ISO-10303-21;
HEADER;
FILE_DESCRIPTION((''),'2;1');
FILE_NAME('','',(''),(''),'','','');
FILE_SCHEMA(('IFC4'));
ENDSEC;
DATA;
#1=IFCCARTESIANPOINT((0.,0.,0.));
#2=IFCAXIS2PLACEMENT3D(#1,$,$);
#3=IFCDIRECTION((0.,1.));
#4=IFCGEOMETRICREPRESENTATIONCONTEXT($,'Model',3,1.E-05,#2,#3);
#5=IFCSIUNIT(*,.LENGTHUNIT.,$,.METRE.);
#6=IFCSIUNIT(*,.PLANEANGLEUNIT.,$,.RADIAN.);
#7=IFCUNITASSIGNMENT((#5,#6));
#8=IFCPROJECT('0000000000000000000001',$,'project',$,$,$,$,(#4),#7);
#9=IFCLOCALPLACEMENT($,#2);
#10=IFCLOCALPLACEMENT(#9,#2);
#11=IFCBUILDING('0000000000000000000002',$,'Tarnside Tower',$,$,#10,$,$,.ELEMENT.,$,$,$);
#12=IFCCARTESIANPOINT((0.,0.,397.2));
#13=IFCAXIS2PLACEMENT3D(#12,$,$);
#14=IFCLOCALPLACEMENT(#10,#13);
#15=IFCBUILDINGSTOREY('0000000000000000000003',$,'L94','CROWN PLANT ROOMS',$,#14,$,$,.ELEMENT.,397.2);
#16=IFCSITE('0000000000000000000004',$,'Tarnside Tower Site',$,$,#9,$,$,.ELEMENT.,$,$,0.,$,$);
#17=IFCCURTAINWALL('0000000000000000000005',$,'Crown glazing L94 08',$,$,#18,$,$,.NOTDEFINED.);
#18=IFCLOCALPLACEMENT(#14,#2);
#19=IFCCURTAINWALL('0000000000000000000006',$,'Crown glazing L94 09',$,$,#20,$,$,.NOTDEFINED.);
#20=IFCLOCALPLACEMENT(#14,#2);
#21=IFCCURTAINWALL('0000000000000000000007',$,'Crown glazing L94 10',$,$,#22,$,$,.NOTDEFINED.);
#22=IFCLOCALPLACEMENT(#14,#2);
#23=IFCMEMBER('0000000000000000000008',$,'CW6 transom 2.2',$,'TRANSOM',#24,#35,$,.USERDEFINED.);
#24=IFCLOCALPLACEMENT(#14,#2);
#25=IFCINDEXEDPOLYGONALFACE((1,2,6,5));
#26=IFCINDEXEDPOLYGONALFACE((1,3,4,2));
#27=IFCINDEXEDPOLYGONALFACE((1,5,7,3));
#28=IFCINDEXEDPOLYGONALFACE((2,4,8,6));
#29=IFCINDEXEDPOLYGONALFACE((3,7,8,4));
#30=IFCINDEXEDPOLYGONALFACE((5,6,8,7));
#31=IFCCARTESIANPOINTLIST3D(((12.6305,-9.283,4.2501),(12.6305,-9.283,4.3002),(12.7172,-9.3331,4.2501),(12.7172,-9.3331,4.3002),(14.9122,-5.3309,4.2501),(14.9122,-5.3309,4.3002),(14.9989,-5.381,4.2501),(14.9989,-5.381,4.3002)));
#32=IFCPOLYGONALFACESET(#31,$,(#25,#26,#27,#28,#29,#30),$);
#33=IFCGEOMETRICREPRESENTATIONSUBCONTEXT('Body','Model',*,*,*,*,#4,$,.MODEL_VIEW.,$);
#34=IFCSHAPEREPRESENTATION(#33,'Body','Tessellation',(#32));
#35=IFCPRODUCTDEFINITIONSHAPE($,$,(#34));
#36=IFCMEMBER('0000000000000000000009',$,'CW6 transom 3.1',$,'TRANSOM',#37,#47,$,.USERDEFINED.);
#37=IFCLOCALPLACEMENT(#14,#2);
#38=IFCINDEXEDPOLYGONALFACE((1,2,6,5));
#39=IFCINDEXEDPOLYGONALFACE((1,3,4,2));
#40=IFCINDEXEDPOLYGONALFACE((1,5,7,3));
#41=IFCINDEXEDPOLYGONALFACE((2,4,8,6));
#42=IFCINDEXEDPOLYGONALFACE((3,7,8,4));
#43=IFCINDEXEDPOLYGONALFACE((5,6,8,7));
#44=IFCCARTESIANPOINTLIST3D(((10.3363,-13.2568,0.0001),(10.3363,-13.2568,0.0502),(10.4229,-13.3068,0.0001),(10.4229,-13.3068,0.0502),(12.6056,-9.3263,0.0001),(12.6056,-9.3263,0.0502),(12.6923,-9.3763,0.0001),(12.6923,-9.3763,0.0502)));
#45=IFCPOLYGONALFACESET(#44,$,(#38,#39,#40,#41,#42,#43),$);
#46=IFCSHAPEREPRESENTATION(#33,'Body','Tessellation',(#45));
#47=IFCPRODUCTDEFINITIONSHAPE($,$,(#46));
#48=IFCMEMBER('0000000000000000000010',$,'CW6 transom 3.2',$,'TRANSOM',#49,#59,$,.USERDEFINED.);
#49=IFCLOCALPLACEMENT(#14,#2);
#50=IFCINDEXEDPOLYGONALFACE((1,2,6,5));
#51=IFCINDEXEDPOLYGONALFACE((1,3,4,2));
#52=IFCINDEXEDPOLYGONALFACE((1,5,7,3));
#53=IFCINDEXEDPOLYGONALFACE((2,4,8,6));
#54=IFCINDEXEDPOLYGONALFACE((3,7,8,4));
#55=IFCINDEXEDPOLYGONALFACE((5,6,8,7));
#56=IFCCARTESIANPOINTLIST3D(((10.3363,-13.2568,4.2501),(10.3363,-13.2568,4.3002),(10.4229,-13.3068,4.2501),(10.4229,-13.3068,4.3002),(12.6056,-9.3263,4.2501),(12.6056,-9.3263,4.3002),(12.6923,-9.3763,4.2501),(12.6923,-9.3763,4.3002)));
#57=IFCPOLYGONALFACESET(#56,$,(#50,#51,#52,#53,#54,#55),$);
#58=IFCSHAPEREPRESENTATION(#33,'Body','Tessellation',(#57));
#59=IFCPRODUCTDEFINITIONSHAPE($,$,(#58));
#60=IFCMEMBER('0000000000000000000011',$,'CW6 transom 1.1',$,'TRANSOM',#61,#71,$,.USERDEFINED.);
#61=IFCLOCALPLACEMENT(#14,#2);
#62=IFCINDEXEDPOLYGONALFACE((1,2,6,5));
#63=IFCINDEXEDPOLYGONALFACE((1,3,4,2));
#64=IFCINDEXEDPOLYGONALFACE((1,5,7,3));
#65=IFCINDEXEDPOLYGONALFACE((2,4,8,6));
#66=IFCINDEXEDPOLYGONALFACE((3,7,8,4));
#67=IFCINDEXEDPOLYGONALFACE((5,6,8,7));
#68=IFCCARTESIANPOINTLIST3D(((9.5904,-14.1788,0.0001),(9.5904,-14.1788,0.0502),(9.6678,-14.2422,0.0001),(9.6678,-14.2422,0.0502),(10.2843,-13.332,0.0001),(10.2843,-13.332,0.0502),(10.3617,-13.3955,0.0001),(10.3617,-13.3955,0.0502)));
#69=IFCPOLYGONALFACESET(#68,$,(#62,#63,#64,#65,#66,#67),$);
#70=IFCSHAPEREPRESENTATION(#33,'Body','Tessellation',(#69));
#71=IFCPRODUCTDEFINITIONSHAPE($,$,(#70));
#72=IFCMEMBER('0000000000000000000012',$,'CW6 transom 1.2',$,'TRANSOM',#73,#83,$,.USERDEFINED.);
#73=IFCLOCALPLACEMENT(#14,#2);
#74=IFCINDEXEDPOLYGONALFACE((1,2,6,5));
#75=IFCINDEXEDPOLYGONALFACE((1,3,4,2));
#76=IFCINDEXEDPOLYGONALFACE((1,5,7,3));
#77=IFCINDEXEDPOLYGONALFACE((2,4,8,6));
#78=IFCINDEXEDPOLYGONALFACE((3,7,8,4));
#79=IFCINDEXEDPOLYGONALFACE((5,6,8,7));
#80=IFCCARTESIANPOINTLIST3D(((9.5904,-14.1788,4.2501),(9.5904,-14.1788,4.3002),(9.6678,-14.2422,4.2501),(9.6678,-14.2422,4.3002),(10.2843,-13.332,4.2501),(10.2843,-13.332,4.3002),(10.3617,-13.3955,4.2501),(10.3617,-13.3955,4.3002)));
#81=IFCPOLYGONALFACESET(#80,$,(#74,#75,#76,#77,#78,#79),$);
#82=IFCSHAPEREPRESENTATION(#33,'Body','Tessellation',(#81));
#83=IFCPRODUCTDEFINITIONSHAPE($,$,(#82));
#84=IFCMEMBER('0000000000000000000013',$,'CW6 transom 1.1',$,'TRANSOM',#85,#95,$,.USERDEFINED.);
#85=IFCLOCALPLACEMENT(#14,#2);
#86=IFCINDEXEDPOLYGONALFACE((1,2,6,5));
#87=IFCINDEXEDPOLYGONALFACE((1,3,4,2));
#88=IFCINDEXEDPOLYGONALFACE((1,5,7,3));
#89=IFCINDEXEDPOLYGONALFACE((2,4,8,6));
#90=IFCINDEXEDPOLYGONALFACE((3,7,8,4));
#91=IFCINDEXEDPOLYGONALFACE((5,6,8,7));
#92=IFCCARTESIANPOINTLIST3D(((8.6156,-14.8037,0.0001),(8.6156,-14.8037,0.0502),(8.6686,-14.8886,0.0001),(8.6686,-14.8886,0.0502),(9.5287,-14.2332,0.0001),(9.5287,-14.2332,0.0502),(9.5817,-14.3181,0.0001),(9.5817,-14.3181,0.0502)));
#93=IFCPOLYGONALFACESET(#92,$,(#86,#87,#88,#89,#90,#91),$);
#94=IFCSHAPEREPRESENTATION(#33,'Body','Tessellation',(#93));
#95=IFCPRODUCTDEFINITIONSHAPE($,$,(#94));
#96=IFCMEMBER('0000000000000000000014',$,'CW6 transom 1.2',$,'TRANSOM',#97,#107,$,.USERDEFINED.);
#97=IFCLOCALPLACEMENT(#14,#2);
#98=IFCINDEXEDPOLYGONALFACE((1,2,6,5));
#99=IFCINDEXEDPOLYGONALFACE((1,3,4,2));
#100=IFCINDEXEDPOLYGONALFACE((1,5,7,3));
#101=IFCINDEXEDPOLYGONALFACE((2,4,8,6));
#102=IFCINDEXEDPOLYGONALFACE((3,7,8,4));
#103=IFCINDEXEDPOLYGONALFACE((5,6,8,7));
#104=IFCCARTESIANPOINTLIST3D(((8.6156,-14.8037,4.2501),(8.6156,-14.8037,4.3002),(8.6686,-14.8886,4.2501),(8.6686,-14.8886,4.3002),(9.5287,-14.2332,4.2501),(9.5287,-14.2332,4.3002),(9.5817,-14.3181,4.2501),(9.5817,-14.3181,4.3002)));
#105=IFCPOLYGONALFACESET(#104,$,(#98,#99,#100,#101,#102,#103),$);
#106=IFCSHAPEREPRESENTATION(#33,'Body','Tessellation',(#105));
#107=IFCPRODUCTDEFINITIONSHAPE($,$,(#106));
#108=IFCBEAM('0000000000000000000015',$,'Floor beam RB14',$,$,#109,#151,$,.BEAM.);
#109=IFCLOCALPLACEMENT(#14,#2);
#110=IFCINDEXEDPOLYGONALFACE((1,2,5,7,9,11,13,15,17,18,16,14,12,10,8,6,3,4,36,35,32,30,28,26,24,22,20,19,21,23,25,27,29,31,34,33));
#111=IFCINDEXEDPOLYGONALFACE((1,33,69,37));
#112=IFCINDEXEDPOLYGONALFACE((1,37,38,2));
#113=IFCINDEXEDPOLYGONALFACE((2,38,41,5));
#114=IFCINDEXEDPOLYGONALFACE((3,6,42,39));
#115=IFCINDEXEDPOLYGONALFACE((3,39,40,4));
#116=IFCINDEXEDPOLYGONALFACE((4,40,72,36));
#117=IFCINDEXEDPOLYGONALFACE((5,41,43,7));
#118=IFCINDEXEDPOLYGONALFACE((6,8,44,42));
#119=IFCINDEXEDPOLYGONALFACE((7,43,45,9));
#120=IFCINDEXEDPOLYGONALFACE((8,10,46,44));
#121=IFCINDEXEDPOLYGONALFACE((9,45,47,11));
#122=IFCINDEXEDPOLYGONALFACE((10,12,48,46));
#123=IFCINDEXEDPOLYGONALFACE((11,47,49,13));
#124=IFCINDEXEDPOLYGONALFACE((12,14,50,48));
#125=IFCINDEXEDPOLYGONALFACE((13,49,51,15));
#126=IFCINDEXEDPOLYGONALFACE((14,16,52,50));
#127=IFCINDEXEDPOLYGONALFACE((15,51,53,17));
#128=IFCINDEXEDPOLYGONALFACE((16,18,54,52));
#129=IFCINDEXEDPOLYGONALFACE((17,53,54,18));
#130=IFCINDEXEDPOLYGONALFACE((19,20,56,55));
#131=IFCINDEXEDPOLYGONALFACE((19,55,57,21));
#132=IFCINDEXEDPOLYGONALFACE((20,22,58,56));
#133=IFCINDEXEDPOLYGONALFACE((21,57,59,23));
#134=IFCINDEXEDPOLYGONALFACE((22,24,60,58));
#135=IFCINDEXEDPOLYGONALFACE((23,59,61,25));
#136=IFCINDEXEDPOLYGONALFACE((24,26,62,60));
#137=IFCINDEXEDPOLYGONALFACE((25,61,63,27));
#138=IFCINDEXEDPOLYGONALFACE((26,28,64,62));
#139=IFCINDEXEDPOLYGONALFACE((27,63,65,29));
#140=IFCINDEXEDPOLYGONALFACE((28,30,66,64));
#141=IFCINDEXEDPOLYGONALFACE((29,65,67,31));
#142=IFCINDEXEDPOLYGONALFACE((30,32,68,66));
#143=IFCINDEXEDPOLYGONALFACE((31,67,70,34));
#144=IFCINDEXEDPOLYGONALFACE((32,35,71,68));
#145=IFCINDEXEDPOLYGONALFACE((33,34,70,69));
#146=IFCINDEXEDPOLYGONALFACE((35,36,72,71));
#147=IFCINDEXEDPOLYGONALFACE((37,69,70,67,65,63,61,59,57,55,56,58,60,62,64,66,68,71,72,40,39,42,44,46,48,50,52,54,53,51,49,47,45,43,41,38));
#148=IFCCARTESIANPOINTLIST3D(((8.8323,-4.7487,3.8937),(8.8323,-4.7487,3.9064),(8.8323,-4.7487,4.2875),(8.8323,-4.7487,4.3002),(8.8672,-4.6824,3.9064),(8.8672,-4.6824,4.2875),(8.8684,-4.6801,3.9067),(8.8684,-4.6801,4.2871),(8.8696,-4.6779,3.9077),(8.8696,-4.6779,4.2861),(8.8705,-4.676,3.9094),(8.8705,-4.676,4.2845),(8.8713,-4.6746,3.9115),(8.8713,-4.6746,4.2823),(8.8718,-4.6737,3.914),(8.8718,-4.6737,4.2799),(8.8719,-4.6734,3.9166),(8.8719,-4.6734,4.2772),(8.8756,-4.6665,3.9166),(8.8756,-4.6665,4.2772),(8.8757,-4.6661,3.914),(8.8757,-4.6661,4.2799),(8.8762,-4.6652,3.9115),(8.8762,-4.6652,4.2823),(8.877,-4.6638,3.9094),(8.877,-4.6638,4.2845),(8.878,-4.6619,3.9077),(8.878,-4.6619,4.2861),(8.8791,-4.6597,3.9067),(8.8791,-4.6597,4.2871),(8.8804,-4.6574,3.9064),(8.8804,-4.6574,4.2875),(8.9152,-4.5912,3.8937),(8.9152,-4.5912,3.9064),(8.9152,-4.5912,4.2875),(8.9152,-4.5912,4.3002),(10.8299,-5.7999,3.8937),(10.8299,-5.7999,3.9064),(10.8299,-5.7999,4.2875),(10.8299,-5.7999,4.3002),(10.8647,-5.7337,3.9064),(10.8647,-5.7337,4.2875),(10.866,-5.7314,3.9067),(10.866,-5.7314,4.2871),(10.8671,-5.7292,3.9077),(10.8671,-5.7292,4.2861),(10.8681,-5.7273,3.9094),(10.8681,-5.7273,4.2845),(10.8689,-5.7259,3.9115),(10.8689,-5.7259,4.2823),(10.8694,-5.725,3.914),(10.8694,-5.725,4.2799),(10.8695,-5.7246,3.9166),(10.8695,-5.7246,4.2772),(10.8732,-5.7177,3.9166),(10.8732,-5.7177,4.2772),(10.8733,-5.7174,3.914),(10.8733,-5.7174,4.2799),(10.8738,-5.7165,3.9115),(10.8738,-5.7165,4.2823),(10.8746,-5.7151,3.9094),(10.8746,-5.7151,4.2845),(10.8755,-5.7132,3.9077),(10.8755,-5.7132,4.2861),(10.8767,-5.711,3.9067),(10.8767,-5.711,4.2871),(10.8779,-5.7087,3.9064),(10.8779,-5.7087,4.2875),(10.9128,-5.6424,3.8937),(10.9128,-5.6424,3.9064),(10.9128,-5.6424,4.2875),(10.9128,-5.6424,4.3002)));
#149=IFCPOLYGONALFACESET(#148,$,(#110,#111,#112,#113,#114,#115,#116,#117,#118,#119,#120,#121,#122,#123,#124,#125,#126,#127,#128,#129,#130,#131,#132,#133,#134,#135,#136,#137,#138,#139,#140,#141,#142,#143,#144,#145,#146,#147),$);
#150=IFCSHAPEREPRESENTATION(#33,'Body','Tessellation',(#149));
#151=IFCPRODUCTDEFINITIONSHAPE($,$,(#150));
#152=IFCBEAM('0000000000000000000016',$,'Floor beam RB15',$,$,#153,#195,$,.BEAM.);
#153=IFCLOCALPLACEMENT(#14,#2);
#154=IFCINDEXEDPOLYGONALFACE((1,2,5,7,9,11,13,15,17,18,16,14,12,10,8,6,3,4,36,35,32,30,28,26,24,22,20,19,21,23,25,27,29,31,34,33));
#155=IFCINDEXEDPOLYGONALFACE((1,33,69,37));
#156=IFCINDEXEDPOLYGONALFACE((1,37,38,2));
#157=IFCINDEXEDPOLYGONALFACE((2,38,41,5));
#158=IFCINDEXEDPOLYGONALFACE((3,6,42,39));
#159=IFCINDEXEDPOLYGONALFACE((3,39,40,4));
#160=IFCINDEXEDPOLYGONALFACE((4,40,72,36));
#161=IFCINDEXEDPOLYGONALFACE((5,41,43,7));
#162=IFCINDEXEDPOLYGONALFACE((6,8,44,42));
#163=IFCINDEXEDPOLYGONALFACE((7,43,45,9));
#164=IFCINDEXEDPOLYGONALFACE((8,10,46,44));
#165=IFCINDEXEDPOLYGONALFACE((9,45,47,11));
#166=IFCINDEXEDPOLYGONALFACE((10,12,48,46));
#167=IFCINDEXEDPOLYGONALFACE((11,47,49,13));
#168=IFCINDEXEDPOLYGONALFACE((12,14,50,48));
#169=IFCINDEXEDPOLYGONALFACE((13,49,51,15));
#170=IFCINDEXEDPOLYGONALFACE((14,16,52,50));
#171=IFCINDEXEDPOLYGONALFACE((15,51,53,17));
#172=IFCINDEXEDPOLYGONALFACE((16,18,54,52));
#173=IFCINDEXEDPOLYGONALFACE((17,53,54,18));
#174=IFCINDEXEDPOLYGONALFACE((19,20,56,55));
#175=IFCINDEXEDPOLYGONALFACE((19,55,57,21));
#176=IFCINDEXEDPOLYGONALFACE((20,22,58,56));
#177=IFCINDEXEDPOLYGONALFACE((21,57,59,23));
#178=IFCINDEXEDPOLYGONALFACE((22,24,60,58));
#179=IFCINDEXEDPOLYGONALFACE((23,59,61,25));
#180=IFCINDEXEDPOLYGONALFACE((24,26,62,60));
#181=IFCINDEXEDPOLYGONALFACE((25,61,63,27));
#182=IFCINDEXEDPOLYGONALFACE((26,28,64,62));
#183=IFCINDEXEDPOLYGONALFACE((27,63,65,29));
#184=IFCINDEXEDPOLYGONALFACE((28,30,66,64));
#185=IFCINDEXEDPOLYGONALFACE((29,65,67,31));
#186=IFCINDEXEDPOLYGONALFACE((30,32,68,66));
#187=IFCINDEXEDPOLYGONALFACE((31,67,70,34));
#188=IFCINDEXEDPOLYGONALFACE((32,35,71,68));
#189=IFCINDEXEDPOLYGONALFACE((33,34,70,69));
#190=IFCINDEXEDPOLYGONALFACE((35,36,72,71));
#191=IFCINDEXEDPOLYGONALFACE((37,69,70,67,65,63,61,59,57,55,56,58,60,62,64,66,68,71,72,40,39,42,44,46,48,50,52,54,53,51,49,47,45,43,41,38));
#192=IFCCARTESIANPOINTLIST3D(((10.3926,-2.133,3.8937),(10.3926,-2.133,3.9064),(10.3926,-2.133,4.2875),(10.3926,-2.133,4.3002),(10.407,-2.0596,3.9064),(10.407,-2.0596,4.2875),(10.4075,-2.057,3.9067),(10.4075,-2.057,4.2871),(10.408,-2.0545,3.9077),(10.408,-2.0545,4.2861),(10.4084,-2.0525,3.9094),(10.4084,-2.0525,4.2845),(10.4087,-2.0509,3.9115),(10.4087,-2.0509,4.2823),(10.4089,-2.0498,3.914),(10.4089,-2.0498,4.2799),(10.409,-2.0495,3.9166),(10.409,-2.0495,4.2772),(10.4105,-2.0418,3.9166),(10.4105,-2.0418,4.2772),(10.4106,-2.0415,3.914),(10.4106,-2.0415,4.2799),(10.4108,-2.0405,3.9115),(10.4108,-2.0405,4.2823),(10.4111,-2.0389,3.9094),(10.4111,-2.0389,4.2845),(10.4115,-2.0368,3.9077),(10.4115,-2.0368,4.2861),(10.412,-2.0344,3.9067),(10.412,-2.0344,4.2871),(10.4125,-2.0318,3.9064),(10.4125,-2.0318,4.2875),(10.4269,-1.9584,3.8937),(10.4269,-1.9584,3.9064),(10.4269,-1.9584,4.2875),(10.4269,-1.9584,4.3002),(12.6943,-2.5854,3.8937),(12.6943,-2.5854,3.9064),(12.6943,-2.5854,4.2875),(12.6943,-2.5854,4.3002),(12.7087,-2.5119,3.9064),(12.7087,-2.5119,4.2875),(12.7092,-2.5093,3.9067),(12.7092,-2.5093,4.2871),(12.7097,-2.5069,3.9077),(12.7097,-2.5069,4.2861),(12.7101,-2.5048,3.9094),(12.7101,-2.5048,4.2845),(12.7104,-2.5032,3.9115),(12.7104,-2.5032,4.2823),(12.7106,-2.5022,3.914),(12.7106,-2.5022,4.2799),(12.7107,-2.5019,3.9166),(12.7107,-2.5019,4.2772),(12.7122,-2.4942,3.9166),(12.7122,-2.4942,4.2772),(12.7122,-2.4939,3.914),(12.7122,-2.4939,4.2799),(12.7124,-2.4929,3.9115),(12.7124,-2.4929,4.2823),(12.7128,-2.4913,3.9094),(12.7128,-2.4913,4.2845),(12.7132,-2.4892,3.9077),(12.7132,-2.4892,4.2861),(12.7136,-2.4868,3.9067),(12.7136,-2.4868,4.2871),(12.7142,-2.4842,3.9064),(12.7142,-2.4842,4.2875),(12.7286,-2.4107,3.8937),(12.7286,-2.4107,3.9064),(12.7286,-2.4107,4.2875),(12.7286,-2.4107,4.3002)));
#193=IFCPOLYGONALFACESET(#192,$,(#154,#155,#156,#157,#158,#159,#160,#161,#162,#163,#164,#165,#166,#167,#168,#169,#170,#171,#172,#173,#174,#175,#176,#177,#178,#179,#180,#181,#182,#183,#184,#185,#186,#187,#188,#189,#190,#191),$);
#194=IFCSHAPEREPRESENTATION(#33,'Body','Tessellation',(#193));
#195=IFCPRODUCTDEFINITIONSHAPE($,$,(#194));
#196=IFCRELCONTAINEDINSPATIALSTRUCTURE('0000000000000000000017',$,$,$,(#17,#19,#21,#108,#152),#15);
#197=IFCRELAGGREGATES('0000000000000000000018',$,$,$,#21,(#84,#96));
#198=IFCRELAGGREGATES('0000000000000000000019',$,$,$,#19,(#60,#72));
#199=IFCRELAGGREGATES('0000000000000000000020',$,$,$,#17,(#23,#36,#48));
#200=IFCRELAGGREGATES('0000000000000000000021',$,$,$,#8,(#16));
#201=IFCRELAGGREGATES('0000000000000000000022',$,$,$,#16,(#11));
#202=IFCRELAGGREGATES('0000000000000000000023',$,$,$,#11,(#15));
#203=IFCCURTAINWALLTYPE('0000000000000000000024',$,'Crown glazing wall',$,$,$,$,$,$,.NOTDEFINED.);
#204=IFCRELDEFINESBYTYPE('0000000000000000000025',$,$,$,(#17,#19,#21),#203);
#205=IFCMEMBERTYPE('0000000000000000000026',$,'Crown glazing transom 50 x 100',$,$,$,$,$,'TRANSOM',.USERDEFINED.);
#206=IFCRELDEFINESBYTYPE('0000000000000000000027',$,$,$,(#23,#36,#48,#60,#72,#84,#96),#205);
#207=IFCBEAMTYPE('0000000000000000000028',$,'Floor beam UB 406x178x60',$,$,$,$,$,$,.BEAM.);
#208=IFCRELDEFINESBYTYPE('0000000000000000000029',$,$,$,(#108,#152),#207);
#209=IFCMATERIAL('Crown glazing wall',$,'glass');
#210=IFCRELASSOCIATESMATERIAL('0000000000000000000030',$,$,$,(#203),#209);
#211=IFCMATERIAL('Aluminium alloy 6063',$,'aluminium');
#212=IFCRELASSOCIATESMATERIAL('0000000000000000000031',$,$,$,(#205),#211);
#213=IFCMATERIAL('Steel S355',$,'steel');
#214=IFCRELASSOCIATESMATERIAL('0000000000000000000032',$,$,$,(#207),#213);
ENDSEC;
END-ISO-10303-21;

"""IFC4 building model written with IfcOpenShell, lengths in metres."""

from ifc_helpers import new_model, si_unit, direction, frame, origin, origin_2d, place, context, subcontext, project, spatial, rectangle, i_section, extrude, material, material_profile, profile_set, type_object, element, aggregate, save


model = new_model("IFC4")

# Units and contexts
model_context = context("Model", 3, precision=1e-05, world=origin(), true_north=direction((0.0, 1.0)))
body_context = subcontext(model_context, "Body", "Model", "MODEL_VIEW")
ifc_project = project(units=[si_unit("LENGTHUNIT", "METRE"), si_unit("PLANEANGLEUNIT", "RADIAN")], contexts=[model_context])

# Site, building, storey
site_placement = place(None, origin())
site = spatial("IfcSite", under=ifc_project, at=site_placement, Name="Tarnside Tower Site", CompositionType="ELEMENT", RefElevation=0.0)
building_placement = place(site_placement, origin())
building = spatial("IfcBuilding", under=site, at=building_placement, Name="Tarnside Tower", CompositionType="ELEMENT")
storey_placement = place(building_placement, frame((0.0, 0.0, 397.2)))
storey = spatial("IfcBuildingStorey", under=building, at=storey_placement, Name="L94", Description="CROWN PLANT ROOMS", CompositionType="ELEMENT", Elevation=397.2)

# Shared definitions
ifc_material_1 = material(Name="Crown glazing wall", Category="glass")
curtain_wall_type = type_object("IfcCurtainWallType", Name="Crown glazing wall", PredefinedType="NOTDEFINED", material=ifc_material_1)
ifc_material_2 = material(Name="Aluminium alloy 6063", Category="aluminium")

# Curtain walls
curtain_wall_1_placement = place(storey_placement, origin())
curtain_wall_1 = element("IfcCurtainWall", 1, at=curtain_wall_1_placement, inside=storey, type_object=curtain_wall_type, Name="Crown glazing L94 08", PredefinedType="NOTDEFINED")
curtain_wall_2_placement = place(storey_placement, origin())
curtain_wall_2 = element("IfcCurtainWall", 2, at=curtain_wall_2_placement, inside=storey, type_object=curtain_wall_type, Name="Crown glazing L94 09", PredefinedType="NOTDEFINED")

# Curtain wall
curtain_wall_3_placement = place(storey_placement, origin())
curtain_wall_3 = element("IfcCurtainWall", 3, at=curtain_wall_3_placement, inside=storey, type_object=curtain_wall_type, Name="Crown glazing L94 10", PredefinedType="NOTDEFINED")

# Members
ifc_material_profile_1 = material_profile(ifc_material_2, rectangle(XDim=0.1001, YDim=0.05, at=origin_2d()), Name="Crown glazing transom 50 x 100")
ifc_profile_set_1 = profile_set([ifc_material_profile_1], Name="Aluminium alloy 6063")
member_type_1 = type_object("IfcMemberType", Name="Crown glazing transom 50 x 100", ElementType="TRANSOM", PredefinedType="USERDEFINED", material=ifc_profile_set_1)
member_1_placement = place(storey_placement, frame((14.9556, -5.356, 4.2751), z_axis=(-0.499994, -0.866029, 0.0), x_axis=(0.866029, -0.499994, 0.0)))
member_1 = element("IfcMember", 4, at=member_1_placement, type_object=member_type_1, Name="CW6 transom 2.2", ObjectType="TRANSOM", PredefinedType="USERDEFINED", context=body_context, shape_type="SweptSolid", body=[
    extrude(rectangle(XDim=0.1001, YDim=0.05, at=origin_2d()), origin(), (0.0, 0.0, 1.0), 4.5635),
])
member_2_placement = place(storey_placement, frame((12.6489, -9.3513, 0.0251), z_axis=(-0.50001, -0.86602, 0.0), x_axis=(0.86602, -0.50001, 0.0)))
member_2 = element("IfcMember", 5, at=member_2_placement, type_object=member_type_1, Name="CW6 transom 3.1", ObjectType="TRANSOM", PredefinedType="USERDEFINED", context=body_context, shape_type="SweptSolid", body=[
    extrude(rectangle(XDim=0.1001, YDim=0.05, at=origin_2d()), origin(), (0.0, 0.0, 1.0), 4.5386),
])
member_3_placement = place(storey_placement, frame((12.6489, -9.3513, 4.2751), z_axis=(-0.50001, -0.86602, 0.0), x_axis=(0.86602, -0.50001, 0.0)))
member_3 = element("IfcMember", 6, at=member_3_placement, type_object=member_type_1, Name="CW6 transom 3.2", ObjectType="TRANSOM", PredefinedType="USERDEFINED", context=body_context, shape_type="SweptSolid", body=[
    extrude(rectangle(XDim=0.1001, YDim=0.05, at=origin_2d()), origin(), (0.0, 0.0, 1.0), 4.5386),
])
member_4_placement = place(storey_placement, frame((10.323, -13.3638, 0.0251), z_axis=(-0.633845, -0.77346, 0.0), x_axis=(0.77346, -0.633845, 0.0)))
member_4 = element("IfcMember", 7, at=member_4_placement, type_object=member_type_1, Name="CW6 transom 1.1", ObjectType="TRANSOM", PredefinedType="USERDEFINED", context=body_context, shape_type="SweptSolid", body=[
    extrude(rectangle(XDim=0.1001, YDim=0.05, at=origin_2d()), origin(), (0.0, 0.0, 1.0), 1.0947),
])
member_5_placement = place(storey_placement, frame((10.323, -13.3638, 4.2751), z_axis=(-0.633845, -0.77346, 0.0), x_axis=(0.77346, -0.633845, 0.0)))
member_5 = element("IfcMember", 8, at=member_5_placement, type_object=member_type_1, Name="CW6 transom 1.2", ObjectType="TRANSOM", PredefinedType="USERDEFINED", context=body_context, shape_type="SweptSolid", body=[
    extrude(rectangle(XDim=0.1001, YDim=0.05, at=origin_2d()), origin(), (0.0, 0.0, 1.0), 1.0947),
])
member_6_placement = place(storey_placement, frame((9.5552, -14.2756, 0.0251), z_axis=(-0.848049, -0.529917, 0.0), x_axis=(0.529917, -0.848049, 0.0)))
member_6 = element("IfcMember", 9, at=member_6_placement, type_object=member_type_1, Name="CW6 transom 1.1", ObjectType="TRANSOM", PredefinedType="USERDEFINED", context=body_context, shape_type="SweptSolid", body=[
    extrude(rectangle(XDim=0.1001, YDim=0.05, at=origin_2d()), origin(), (0.0, 0.0, 1.0), 1.0767),
])
member_7_placement = place(storey_placement, frame((9.5552, -14.2756, 4.2751), z_axis=(-0.848049, -0.529917, 0.0), x_axis=(0.529917, -0.848049, 0.0)))
member_7 = element("IfcMember", 10, at=member_7_placement, type_object=member_type_1, Name="CW6 transom 1.2", ObjectType="TRANSOM", PredefinedType="USERDEFINED", context=body_context, shape_type="SweptSolid", body=[
    extrude(rectangle(XDim=0.1001, YDim=0.05, at=origin_2d()), origin(), (0.0, 0.0, 1.0), 1.0767),
])
aggregate(curtain_wall_3, [member_6, member_7])

# Beams
ifc_material_3 = material(Name="Steel S355", Category="steel")
ifc_material_profile_2 = material_profile(ifc_material_3, i_section(OverallWidth=0.178, OverallDepth=0.4065, WebThickness=0.0078, FlangeThickness=0.0127, FilletRadius=0.0103, at=origin_2d()), Name="UB 406x178x60")
ifc_profile_set_2 = profile_set([ifc_material_profile_2], Name="Steel S355")
beam_type_1 = type_object("IfcBeamType", Name="Floor beam UB 406x178x60", PredefinedType="BEAM", material=ifc_profile_set_2)
beam_1_placement = place(storey_placement, frame((10.8713, -5.7212, 4.0969), z_axis=(-0.884932, 0.46572, 0.0), x_axis=(-0.46572, -0.884932, 0.0)))
element("IfcBeam", 11, at=beam_1_placement, inside=storey, type_object=beam_type_1, Name="Floor beam RB14", PredefinedType="BEAM", context=body_context, shape_type="SweptSolid", body=[
    extrude(i_section(OverallWidth=0.178, OverallDepth=0.4065, WebThickness=0.0078, FlangeThickness=0.0127, FilletRadius=0.0103, at=origin_2d()), origin(), (0.0, 0.0, 1.0), 2.2573),
])
beam_2_placement = place(storey_placement, frame((12.7114, -2.498, 4.0969), z_axis=(-0.981228, 0.192853, 0.0), x_axis=(-0.192853, -0.981228, 0.0)))
element("IfcBeam", 12, at=beam_2_placement, inside=storey, type_object=beam_type_1, Name="Floor beam RB15", PredefinedType="BEAM", context=body_context, shape_type="SweptSolid", body=[
    extrude(i_section(OverallWidth=0.178, OverallDepth=0.4065, WebThickness=0.0078, FlangeThickness=0.0127, FilletRadius=0.0103, at=origin_2d()), origin(), (0.0, 0.0, 1.0), 2.3457),
])

aggregate(curtain_wall_2, [member_4, member_5])
aggregate(curtain_wall_1, [member_1, member_2, member_3])

save(model, "model.ifc")
